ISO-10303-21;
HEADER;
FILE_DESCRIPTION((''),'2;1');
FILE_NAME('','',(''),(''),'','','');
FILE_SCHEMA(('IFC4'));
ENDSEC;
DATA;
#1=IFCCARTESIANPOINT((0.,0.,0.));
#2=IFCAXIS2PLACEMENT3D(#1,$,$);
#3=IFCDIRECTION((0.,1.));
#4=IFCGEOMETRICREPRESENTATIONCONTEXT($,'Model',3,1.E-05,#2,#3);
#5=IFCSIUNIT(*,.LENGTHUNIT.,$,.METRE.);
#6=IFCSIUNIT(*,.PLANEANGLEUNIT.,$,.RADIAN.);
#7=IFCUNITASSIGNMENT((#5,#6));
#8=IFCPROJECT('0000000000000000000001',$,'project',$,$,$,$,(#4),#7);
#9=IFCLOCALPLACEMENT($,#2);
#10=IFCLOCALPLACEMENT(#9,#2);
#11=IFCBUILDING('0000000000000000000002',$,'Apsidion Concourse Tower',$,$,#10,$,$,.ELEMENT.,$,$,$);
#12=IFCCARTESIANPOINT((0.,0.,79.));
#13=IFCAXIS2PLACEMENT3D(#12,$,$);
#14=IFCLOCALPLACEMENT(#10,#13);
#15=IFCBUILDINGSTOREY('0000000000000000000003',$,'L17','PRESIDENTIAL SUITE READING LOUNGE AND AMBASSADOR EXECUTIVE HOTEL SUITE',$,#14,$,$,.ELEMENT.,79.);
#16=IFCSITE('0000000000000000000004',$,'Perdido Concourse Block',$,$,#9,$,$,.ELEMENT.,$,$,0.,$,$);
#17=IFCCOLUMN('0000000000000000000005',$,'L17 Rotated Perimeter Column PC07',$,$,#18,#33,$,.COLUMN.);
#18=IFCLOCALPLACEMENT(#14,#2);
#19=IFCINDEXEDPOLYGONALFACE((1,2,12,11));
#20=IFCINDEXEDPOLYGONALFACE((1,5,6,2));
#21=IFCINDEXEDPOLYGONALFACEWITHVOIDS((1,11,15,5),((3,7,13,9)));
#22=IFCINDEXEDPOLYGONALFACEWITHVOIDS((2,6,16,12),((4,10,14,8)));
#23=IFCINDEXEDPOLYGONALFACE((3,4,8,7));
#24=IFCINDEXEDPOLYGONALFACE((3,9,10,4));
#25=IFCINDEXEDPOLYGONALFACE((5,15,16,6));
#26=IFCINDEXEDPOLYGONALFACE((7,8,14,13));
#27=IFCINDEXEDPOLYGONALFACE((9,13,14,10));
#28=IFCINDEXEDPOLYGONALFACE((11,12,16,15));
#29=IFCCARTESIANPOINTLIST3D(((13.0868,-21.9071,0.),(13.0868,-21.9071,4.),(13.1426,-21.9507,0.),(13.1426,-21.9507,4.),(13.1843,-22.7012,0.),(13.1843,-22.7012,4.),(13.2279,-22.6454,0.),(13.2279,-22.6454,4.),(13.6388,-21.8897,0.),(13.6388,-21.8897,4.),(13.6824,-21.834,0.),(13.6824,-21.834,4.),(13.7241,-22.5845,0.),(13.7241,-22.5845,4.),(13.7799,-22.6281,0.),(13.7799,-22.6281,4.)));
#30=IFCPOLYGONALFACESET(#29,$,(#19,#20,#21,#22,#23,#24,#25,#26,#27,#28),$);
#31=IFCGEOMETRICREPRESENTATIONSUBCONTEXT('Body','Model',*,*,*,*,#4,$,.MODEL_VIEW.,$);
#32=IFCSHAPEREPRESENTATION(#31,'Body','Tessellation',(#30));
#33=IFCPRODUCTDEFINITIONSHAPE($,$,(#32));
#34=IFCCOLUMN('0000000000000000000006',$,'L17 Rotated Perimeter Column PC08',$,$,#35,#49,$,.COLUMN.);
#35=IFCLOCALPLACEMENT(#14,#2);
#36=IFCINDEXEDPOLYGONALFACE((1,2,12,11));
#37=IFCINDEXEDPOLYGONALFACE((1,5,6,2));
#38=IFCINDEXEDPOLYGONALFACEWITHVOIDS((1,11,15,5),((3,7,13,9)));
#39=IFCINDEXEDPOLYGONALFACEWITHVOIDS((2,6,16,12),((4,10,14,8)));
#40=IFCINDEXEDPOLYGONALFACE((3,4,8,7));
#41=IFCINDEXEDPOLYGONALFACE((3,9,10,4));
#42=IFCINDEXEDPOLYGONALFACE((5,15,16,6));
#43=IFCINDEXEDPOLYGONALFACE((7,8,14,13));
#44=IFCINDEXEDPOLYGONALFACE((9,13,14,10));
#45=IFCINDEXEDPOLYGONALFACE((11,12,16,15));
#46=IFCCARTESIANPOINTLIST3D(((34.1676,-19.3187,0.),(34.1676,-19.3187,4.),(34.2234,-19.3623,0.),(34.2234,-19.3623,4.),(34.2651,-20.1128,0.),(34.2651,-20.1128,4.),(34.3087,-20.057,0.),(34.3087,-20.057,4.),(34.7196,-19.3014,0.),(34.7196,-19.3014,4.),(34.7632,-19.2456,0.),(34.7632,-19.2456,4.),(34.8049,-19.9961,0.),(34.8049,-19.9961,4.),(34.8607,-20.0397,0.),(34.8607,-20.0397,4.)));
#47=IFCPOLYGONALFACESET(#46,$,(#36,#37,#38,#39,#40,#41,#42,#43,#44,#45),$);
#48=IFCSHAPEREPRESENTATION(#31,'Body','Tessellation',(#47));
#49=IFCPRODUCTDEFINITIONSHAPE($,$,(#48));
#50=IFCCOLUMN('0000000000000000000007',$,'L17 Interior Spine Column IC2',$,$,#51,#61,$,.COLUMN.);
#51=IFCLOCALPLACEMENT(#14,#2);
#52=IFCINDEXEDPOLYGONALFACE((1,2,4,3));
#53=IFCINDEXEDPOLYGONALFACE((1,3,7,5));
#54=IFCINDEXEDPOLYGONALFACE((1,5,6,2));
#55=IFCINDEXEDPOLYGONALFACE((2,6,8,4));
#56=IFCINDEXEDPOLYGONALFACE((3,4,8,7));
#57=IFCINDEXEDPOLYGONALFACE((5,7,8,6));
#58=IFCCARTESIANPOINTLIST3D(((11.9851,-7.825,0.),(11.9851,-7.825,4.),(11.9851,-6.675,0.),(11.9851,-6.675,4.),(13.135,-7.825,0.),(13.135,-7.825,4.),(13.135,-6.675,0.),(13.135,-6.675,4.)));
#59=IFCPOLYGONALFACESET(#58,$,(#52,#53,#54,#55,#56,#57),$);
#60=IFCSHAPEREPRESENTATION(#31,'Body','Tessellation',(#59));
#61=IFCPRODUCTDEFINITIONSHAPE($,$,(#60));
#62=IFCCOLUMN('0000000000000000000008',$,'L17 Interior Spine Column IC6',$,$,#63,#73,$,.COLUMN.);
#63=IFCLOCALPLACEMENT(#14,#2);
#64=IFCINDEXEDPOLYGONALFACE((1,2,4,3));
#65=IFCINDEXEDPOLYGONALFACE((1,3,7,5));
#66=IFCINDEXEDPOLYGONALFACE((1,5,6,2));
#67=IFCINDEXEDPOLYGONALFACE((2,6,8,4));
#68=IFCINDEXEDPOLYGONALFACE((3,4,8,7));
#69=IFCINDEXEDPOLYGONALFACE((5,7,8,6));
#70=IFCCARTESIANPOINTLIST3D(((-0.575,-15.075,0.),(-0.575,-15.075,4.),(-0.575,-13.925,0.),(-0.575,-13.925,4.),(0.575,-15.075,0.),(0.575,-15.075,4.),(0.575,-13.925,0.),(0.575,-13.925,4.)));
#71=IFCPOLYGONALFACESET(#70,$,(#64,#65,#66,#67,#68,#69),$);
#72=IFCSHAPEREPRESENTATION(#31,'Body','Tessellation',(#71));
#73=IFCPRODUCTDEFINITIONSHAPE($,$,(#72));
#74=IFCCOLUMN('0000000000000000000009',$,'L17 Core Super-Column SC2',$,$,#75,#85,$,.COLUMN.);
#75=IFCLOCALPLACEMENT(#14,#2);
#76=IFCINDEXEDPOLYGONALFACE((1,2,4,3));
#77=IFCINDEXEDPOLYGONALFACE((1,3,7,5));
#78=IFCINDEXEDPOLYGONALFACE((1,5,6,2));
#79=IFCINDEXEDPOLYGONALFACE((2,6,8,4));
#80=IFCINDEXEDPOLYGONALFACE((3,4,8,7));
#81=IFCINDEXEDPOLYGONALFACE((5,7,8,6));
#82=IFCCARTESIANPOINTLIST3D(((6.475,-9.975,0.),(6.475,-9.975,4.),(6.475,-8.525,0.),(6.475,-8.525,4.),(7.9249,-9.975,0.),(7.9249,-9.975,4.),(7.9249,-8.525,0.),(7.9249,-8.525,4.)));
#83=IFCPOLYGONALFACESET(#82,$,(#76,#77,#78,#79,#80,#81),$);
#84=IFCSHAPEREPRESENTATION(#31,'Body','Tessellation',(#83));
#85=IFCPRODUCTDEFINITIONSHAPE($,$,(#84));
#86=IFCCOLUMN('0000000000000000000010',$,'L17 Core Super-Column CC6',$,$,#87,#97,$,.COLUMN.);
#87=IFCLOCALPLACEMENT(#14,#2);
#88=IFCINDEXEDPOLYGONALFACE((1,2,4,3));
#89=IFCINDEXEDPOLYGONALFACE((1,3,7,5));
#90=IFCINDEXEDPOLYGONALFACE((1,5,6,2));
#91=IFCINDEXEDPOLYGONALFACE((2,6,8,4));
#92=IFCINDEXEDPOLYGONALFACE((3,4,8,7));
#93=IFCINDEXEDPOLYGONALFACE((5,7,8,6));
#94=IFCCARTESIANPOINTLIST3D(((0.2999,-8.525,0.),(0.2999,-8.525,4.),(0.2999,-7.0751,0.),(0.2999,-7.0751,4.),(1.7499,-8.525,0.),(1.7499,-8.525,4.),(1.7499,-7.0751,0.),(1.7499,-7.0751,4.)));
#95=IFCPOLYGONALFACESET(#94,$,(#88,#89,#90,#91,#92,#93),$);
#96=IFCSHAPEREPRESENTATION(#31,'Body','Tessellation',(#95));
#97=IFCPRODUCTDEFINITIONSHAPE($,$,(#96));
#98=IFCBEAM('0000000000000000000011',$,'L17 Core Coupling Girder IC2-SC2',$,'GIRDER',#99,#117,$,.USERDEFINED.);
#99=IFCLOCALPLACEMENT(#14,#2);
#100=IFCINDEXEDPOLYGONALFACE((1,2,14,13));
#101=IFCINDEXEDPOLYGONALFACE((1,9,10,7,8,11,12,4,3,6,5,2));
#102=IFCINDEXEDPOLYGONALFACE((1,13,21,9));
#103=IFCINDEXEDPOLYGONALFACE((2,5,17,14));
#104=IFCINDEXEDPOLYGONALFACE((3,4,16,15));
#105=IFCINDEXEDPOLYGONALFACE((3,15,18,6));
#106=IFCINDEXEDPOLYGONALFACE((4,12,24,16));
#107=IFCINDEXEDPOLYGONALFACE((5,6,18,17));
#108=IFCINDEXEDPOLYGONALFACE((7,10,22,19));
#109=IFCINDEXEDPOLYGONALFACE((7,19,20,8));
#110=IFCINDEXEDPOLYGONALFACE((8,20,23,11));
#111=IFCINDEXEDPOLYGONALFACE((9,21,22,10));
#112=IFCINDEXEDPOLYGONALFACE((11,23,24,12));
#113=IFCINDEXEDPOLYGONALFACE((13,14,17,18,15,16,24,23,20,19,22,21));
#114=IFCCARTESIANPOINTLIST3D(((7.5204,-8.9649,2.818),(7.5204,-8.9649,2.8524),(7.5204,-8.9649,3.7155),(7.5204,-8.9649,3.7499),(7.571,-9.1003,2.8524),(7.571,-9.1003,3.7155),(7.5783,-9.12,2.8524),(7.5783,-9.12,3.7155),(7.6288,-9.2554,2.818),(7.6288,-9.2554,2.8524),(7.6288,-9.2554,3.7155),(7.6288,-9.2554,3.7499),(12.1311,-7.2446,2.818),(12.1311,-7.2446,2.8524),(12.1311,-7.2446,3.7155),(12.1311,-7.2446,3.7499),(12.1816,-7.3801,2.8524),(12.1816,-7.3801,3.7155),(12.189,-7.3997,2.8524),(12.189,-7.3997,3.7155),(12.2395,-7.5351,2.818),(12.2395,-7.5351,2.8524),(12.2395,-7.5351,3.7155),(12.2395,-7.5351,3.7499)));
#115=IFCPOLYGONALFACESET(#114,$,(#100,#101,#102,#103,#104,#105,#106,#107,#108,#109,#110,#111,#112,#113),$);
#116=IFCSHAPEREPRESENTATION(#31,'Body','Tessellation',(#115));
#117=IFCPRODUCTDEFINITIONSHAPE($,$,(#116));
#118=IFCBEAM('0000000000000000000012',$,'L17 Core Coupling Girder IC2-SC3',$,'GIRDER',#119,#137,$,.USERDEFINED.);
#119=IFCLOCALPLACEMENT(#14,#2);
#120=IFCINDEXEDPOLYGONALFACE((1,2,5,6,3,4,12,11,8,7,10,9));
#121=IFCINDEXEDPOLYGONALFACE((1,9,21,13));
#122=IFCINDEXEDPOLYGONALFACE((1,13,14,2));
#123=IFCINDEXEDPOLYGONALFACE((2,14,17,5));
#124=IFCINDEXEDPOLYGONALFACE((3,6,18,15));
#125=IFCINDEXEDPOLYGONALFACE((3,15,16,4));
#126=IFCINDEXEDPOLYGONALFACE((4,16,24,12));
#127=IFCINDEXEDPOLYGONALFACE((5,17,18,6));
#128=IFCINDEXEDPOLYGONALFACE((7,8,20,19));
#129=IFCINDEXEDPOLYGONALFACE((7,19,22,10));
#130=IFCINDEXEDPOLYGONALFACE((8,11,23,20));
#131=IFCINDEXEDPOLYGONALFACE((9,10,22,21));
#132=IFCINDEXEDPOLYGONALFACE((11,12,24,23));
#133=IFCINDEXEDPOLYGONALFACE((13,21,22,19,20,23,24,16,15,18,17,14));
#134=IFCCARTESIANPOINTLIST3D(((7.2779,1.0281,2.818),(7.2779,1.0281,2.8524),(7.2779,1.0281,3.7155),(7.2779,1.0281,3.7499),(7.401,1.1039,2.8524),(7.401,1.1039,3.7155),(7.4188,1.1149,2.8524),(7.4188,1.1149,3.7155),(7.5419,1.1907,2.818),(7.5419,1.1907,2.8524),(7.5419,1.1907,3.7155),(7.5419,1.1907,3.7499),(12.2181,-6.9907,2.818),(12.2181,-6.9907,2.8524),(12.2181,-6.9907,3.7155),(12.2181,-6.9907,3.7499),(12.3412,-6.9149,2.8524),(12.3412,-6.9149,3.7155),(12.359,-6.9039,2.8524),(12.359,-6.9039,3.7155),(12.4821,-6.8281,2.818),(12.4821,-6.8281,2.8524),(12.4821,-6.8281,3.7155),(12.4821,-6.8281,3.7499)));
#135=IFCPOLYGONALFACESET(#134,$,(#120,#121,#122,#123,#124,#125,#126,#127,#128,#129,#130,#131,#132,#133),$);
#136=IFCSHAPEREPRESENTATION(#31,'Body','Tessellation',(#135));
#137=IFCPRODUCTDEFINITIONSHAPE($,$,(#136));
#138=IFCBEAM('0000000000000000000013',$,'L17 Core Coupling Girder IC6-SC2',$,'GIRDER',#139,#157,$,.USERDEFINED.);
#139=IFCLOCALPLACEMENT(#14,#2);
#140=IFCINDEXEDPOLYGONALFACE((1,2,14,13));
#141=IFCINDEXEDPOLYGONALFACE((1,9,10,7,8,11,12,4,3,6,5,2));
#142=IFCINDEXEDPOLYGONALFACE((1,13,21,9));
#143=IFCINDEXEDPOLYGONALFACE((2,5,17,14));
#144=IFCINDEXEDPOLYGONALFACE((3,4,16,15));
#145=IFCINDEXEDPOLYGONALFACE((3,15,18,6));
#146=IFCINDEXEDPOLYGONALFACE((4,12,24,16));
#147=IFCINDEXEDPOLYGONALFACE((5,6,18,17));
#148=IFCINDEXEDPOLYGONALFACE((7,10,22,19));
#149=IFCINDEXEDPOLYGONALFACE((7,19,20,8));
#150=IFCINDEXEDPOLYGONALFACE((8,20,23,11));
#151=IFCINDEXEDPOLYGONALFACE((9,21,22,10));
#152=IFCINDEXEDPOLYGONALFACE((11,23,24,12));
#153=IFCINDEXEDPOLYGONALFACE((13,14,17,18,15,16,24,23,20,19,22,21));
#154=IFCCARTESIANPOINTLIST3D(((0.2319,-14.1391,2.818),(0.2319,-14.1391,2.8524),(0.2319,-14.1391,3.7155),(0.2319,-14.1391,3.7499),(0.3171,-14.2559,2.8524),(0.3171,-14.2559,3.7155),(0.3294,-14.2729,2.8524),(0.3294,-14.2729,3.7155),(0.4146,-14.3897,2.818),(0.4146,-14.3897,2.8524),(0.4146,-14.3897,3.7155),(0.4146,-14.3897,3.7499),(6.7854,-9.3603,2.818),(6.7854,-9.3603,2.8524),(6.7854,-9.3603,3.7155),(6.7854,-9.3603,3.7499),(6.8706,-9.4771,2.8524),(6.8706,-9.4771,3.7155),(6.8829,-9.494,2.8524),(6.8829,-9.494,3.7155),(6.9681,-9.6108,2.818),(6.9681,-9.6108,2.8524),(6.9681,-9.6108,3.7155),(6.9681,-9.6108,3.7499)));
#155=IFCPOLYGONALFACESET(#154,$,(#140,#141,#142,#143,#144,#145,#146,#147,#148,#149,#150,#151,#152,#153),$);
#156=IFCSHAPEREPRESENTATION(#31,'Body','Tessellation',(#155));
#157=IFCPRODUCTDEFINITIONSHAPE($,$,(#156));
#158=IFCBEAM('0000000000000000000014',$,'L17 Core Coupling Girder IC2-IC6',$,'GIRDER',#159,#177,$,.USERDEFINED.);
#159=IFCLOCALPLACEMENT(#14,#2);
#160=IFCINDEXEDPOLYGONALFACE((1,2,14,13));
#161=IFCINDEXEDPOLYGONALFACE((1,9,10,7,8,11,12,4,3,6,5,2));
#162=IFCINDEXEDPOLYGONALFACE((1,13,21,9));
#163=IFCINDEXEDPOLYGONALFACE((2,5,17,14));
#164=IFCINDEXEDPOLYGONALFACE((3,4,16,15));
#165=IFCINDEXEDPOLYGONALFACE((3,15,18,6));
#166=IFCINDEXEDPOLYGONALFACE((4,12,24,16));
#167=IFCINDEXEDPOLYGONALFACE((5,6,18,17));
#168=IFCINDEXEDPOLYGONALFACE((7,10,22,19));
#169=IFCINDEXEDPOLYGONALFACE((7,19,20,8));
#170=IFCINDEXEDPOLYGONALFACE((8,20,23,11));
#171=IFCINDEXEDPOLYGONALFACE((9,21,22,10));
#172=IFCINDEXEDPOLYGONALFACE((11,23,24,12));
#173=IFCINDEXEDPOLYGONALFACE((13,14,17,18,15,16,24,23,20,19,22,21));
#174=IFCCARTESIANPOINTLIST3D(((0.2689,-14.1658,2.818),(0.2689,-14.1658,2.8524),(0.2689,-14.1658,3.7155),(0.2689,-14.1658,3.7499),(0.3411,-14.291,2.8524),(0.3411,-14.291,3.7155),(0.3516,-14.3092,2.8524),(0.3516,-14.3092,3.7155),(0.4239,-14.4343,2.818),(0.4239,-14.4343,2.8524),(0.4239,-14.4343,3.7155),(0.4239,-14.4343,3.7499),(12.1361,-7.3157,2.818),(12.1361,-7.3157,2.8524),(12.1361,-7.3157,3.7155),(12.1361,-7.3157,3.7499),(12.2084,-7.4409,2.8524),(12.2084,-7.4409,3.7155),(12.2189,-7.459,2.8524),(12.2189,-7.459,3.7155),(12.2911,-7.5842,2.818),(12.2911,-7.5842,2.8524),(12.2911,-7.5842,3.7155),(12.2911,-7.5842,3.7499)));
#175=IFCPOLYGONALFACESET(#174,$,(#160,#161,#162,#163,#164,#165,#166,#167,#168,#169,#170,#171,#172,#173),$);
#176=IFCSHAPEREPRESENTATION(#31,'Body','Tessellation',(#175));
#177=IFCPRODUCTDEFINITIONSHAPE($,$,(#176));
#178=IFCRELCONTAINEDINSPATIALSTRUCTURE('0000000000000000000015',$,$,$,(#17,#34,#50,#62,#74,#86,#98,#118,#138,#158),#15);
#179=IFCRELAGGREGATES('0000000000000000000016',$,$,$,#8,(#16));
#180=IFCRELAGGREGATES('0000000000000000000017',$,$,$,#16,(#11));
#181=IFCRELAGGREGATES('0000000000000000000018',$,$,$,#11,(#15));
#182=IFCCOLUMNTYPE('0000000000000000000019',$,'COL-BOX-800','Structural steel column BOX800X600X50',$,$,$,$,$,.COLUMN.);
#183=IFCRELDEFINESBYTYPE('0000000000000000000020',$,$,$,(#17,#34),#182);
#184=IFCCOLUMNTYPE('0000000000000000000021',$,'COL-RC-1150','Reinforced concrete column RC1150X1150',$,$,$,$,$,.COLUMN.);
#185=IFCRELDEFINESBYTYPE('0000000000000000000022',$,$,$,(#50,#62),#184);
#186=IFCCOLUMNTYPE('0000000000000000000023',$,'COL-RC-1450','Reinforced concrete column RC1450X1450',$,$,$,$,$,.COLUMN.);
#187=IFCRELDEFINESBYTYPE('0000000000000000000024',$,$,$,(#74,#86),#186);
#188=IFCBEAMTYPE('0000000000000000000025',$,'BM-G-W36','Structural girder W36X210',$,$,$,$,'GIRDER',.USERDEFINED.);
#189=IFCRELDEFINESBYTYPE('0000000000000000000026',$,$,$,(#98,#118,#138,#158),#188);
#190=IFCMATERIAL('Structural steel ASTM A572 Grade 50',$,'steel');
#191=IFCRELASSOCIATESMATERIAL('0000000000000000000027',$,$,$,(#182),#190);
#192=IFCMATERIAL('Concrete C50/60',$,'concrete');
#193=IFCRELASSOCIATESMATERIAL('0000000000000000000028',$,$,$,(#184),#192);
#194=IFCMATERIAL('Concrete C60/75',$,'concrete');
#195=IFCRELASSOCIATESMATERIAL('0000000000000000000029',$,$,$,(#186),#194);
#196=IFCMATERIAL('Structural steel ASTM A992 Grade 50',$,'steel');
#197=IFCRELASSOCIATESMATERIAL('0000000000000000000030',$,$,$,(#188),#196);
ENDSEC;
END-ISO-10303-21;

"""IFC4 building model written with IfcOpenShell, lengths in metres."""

from ifc_helpers import new_model, si_unit, direction, frame, origin, origin_2d, place, context, subcontext, project, spatial, rectangle, hollow_rectangle, i_section, extrude, material, material_profile, profile_set, type_object, element, save


model = new_model("IFC4")

# Units and contexts
model_context = context("Model", 3, precision=1e-05, world=origin(), true_north=direction((0.0, 1.0)))
body_context = subcontext(model_context, "Body", "Model", "MODEL_VIEW")
ifc_project = project(units=[si_unit("LENGTHUNIT", "METRE"), si_unit("PLANEANGLEUNIT", "RADIAN")], contexts=[model_context])

# Site, building, storey
site_placement = place(None, origin())
site = spatial("IfcSite", under=ifc_project, at=site_placement, Name="Perdido Concourse Block", CompositionType="ELEMENT", RefElevation=0.0)
building_placement = place(site_placement, origin())
building = spatial("IfcBuilding", under=site, at=building_placement, Name="Apsidion Concourse Tower", CompositionType="ELEMENT")
storey_placement = place(building_placement, frame((0.0, 0.0, 79.0)))
storey = spatial("IfcBuildingStorey", under=building, at=storey_placement, Name="L17", Description="PRESIDENTIAL SUITE READING LOUNGE AND AMBASSADOR EXECUTIVE HOTEL SUITE", CompositionType="ELEMENT", Elevation=79.0)

# Columns
ifc_material_1 = material(Name="Structural steel ASTM A572 Grade 50", Category="steel")
ifc_material_profile_1 = material_profile(ifc_material_1, hollow_rectangle(XDim=0.6001, YDim=0.8, WallThickness=0.05, at=origin_2d()), Name="BOX800X600X50")
ifc_profile_set_1 = profile_set([ifc_material_profile_1], Name="Structural steel ASTM A572 Grade 50")
column_type_1 = type_object("IfcColumnType", Name="COL-BOX-800", Description="Structural steel column BOX800X600X50", PredefinedType="COLUMN", material=ifc_profile_set_1)
for number, where, z_axis, x_axis, name in (
    (1, (13.4333, -22.2676, 0.0), (0.0, 0.0, 1.0), (0.992546, 0.121869, 0.0), "L17 Rotated Perimeter Column PC07"),
    (2, (34.5142, -19.6792, 0.0), (0.0, 0.0, 1.0), (0.992546, 0.121869, 0.0), "L17 Rotated Perimeter Column PC08"),
):
    element("IfcColumn", number, at=place(storey_placement, frame(where, z_axis=z_axis, x_axis=x_axis)), inside=storey, type_object=column_type_1, Name=name, PredefinedType="COLUMN", context=body_context, shape_type="SweptSolid", body=[
        extrude(hollow_rectangle(XDim=0.6001, YDim=0.8, WallThickness=0.05, at=origin_2d()), origin(), (0.0, 0.0, 1.0), 4.0),
    ])
ifc_material_2 = material(Name="Concrete C50/60", Category="concrete")
ifc_material_profile_2 = material_profile(ifc_material_2, rectangle(XDim=1.1499, YDim=1.1499, at=origin_2d()), Name="RC 1150x1150")
ifc_profile_set_2 = profile_set([ifc_material_profile_2], Name="Concrete C50/60")
column_type_2 = type_object("IfcColumnType", Name="COL-RC-1150", Description="Reinforced concrete column RC1150X1150", PredefinedType="COLUMN", material=ifc_profile_set_2)
for number, where, z_axis, x_axis, name in (
    (3, (12.5601, -7.25, 0.0), (0.0, 0.0, 1.0), (1.0, 0.0, 0.0), "L17 Interior Spine Column IC2"),
    (4, (0.0, -14.5, 0.0), (0.0, 0.0, 1.0), (1.0, 0.0, 0.0), "L17 Interior Spine Column IC6"),
):
    element("IfcColumn", number, at=place(storey_placement, frame(where, z_axis=z_axis, x_axis=x_axis)), inside=storey, type_object=column_type_2, Name=name, PredefinedType="COLUMN", context=body_context, shape_type="SweptSolid", body=[
        extrude(rectangle(XDim=1.1499, YDim=1.1499, at=origin_2d()), origin(), (0.0, 0.0, 1.0), 4.0),
    ])
ifc_material_3 = material(Name="Concrete C60/75", Category="concrete")
ifc_material_profile_3 = material_profile(ifc_material_3, rectangle(XDim=1.45, YDim=1.45, at=origin_2d()), Name="RC 1450x1450")
ifc_profile_set_3 = profile_set([ifc_material_profile_3], Name="Concrete C60/75")
column_type_3 = type_object("IfcColumnType", Name="COL-RC-1450", Description="Reinforced concrete column RC1450X1450", PredefinedType="COLUMN", material=ifc_profile_set_3)
for number, where, z_axis, x_axis, name in (
    (5, (7.2, -9.25, 0.0), (0.0, 0.0, 1.0), (1.0, 0.0, 0.0), "L17 Core Super-Column SC2"),
    (6, (1.0249, -7.8, 0.0), (0.0, 0.0, 1.0), (1.0, 0.0, 0.0), "L17 Core Super-Column CC6"),
):
    element("IfcColumn", number, at=place(storey_placement, frame(where, z_axis=z_axis, x_axis=x_axis)), inside=storey, type_object=column_type_3, Name=name, PredefinedType="COLUMN", context=body_context, shape_type="SweptSolid", body=[
        extrude(rectangle(XDim=1.45, YDim=1.45, at=origin_2d()), origin(), (0.0, 0.0, 1.0), 4.0),
    ])

# Beams
ifc_material_4 = material(Name="Structural steel ASTM A992 Grade 50", Category="steel")
ifc_material_profile_4 = material_profile(ifc_material_4, i_section(OverallWidth=0.3101, OverallDepth=0.9319, WebThickness=0.021, FlangeThickness=0.0344, at=origin_2d()), Name="W36X210")
ifc_profile_set_4 = profile_set([ifc_material_profile_4], Name="Structural steel ASTM A992 Grade 50")
beam_type_1 = type_object("IfcBeamType", Name="BM-G-W36", Description="Structural girder W36X210", ElementType="GIRDER", PredefinedType="USERDEFINED", material=ifc_profile_set_4)
beam_1_placement = place(storey_placement, frame((12.1853, -7.3899, 3.2839), z_axis=(-0.936913, -0.349563, 0.0), x_axis=(0.349563, -0.936913, 0.0)))
element("IfcBeam", 7, at=beam_1_placement, inside=storey, type_object=beam_type_1, Name="L17 Core Coupling Girder IC2-SC2", ObjectType="GIRDER", PredefinedType="USERDEFINED", context=body_context, shape_type="SweptSolid", body=[
    extrude(i_section(OverallWidth=0.3101, OverallDepth=0.9319, WebThickness=0.021, FlangeThickness=0.0344, at=origin_2d()), origin(), (0.0, 0.0, 1.0), 4.9211),
])
beam_2_placement = place(storey_placement, frame((12.3501, -6.9094, 3.2839), z_axis=(-0.524524, 0.851396, 0.0), x_axis=(-0.851396, -0.524524, 0.0)))
element("IfcBeam", 8, at=beam_2_placement, inside=storey, type_object=beam_type_1, Name="L17 Core Coupling Girder IC2-SC3", ObjectType="GIRDER", PredefinedType="USERDEFINED", context=body_context, shape_type="SweptSolid", body=[
    extrude(i_section(OverallWidth=0.3101, OverallDepth=0.9319, WebThickness=0.021, FlangeThickness=0.0344, at=origin_2d()), origin(), (0.0, 0.0, 1.0), 9.4185),
])
beam_3_placement = place(storey_placement, frame((0.3232, -14.2644, 3.2839), z_axis=(0.807993, 0.589191, 0.0), x_axis=(-0.589191, 0.807993, 0.0)))
element("IfcBeam", 9, at=beam_3_placement, inside=storey, type_object=beam_type_1, Name="L17 Core Coupling Girder IC6-SC2", ObjectType="GIRDER", PredefinedType="USERDEFINED", context=body_context, shape_type="SweptSolid", body=[
    extrude(i_section(OverallWidth=0.3101, OverallDepth=0.9319, WebThickness=0.021, FlangeThickness=0.0344, at=origin_2d()), origin(), (0.0, 0.0, 1.0), 8.1108),
])
beam_4_placement = place(storey_placement, frame((12.2136, -7.45, 3.2839), z_axis=(-0.86607, -0.499922, 0.0), x_axis=(0.499922, -0.86607, 0.0)))
element("IfcBeam", 10, at=beam_4_placement, inside=storey, type_object=beam_type_1, Name="L17 Core Coupling Girder IC2-IC6", ObjectType="GIRDER", PredefinedType="USERDEFINED", context=body_context, shape_type="SweptSolid", body=[
    extrude(i_section(OverallWidth=0.3101, OverallDepth=0.9319, WebThickness=0.021, FlangeThickness=0.0344, at=origin_2d()), origin(), (0.0, 0.0, 1.0), 13.7024),
])

save(model, "model.ifc")
